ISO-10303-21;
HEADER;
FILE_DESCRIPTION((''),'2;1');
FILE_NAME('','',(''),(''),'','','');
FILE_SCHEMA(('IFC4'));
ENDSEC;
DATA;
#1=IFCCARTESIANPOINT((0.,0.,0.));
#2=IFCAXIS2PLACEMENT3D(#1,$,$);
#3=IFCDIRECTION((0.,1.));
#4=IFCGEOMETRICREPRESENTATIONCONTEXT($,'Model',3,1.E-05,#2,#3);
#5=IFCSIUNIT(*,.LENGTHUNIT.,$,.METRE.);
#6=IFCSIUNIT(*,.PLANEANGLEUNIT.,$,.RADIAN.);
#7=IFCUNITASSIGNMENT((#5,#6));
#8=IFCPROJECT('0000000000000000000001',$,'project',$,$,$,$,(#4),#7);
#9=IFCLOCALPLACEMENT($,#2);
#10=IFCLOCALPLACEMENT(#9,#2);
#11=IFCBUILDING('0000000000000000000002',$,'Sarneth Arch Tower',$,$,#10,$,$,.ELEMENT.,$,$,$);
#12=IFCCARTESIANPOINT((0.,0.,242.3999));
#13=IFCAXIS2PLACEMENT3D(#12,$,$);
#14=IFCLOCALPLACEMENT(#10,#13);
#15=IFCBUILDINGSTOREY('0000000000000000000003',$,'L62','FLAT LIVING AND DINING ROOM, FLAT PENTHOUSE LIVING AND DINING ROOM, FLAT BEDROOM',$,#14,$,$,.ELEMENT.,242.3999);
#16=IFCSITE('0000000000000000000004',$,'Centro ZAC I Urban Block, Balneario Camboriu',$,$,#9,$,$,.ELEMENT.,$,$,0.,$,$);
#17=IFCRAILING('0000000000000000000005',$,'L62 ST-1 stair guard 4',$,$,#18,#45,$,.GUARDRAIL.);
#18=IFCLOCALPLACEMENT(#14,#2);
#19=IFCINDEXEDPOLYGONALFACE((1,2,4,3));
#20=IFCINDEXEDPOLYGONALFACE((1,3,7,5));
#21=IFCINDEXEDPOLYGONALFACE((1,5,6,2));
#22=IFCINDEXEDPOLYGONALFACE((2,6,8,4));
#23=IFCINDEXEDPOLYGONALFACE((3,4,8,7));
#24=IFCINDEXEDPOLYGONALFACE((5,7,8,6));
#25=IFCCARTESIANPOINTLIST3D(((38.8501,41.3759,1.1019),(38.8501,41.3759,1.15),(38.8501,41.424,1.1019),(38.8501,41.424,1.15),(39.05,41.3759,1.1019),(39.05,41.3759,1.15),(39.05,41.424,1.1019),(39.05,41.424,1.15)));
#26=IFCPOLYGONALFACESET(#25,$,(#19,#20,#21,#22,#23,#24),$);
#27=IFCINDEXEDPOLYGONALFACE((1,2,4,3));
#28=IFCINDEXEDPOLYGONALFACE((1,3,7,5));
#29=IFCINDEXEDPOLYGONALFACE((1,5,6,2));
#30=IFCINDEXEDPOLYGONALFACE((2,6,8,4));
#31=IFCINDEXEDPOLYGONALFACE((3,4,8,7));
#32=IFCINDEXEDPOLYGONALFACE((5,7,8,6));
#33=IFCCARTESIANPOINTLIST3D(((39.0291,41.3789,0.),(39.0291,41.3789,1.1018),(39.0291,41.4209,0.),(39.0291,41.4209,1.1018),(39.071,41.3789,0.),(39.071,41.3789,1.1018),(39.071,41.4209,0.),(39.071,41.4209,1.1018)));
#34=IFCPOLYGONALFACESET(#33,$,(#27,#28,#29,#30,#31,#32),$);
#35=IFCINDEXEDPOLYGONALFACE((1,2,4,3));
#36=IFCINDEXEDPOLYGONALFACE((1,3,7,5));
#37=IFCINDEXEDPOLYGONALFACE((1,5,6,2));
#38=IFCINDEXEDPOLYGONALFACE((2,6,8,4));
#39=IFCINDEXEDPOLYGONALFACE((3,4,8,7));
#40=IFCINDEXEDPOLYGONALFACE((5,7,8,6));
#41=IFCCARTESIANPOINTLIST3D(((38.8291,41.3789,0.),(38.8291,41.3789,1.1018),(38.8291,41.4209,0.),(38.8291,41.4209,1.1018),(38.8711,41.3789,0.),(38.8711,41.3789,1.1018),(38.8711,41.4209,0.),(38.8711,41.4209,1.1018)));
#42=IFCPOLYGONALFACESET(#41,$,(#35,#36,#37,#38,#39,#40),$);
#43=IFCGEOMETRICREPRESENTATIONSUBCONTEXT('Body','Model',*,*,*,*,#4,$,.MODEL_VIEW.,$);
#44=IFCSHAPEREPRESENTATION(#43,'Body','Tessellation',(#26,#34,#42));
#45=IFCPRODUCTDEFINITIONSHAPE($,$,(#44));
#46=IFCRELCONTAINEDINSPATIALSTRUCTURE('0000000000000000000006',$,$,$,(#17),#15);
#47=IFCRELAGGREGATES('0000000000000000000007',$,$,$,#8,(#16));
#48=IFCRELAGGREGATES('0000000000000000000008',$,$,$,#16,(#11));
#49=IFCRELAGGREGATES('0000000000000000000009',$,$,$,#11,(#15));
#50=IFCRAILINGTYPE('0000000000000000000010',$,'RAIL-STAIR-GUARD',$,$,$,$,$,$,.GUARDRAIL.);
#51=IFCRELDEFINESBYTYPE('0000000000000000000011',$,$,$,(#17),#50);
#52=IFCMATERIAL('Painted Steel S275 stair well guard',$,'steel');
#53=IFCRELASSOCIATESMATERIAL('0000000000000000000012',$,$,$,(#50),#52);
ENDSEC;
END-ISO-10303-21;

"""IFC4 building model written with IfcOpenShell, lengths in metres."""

from ifc_helpers import new_model, si_unit, direction, frame, origin, origin_2d, place, context, subcontext, project, spatial, rectangle, extrude, material, type_object, element, save


model = new_model("IFC4")

# Units and contexts
model_context = context("Model", 3, precision=1e-05, world=origin(), true_north=direction((0.0, 1.0)))
body_context = subcontext(model_context, "Body", "Model", "MODEL_VIEW")
ifc_project = project(units=[si_unit("LENGTHUNIT", "METRE"), si_unit("PLANEANGLEUNIT", "RADIAN")], contexts=[model_context])

# Site, building, storey
site_placement = place(None, origin())
site = spatial("IfcSite", under=ifc_project, at=site_placement, Name="Centro ZAC I Urban Block, Balneario Camboriu", CompositionType="ELEMENT", RefElevation=0.0)
building_placement = place(site_placement, origin())
building = spatial("IfcBuilding", under=site, at=building_placement, Name="Sarneth Arch Tower", CompositionType="ELEMENT")
storey_placement = place(building_placement, frame((0.0, 0.0, 242.3999)))
storey = spatial("IfcBuildingStorey", under=building, at=storey_placement, Name="L62", Description="FLAT LIVING AND DINING ROOM, FLAT PENTHOUSE LIVING AND DINING ROOM, FLAT BEDROOM", CompositionType="ELEMENT", Elevation=242.3999)

# Railing
ifc_material_1 = material(Name="Painted Steel S275 stair well guard", Category="steel")
railing_type_1 = type_object("IfcRailingType", Name="RAIL-STAIR-GUARD", PredefinedType="GUARDRAIL", material=ifc_material_1)
railing_1_placement = place(storey_placement, frame((39.05, 41.3999, 0.0)))
element("IfcRailing", 1, at=railing_1_placement, inside=storey, type_object=railing_type_1, Name="L62 ST-1 stair guard 4", PredefinedType="GUARDRAIL", context=body_context, shape_type="SweptSolid", body=[
    extrude(rectangle(XDim=0.0481, YDim=0.0481, at=origin_2d()), frame((0.0, 0.0, 1.126), z_axis=(-1.0, 0.0, 0.0), x_axis=(0.0, -1.0, 0.0)), (0.0, 0.0, 1.0), 0.2),
    extrude(rectangle(XDim=0.042, YDim=0.042, at=origin_2d()), origin(), (0.0, 0.0, 1.0), 1.1018),
    extrude(rectangle(XDim=0.042, YDim=0.042, at=origin_2d()), frame((-0.2, 0.0, 0.0)), (0.0, 0.0, 1.0), 1.1018),
])

save(model, "model.ifc")
